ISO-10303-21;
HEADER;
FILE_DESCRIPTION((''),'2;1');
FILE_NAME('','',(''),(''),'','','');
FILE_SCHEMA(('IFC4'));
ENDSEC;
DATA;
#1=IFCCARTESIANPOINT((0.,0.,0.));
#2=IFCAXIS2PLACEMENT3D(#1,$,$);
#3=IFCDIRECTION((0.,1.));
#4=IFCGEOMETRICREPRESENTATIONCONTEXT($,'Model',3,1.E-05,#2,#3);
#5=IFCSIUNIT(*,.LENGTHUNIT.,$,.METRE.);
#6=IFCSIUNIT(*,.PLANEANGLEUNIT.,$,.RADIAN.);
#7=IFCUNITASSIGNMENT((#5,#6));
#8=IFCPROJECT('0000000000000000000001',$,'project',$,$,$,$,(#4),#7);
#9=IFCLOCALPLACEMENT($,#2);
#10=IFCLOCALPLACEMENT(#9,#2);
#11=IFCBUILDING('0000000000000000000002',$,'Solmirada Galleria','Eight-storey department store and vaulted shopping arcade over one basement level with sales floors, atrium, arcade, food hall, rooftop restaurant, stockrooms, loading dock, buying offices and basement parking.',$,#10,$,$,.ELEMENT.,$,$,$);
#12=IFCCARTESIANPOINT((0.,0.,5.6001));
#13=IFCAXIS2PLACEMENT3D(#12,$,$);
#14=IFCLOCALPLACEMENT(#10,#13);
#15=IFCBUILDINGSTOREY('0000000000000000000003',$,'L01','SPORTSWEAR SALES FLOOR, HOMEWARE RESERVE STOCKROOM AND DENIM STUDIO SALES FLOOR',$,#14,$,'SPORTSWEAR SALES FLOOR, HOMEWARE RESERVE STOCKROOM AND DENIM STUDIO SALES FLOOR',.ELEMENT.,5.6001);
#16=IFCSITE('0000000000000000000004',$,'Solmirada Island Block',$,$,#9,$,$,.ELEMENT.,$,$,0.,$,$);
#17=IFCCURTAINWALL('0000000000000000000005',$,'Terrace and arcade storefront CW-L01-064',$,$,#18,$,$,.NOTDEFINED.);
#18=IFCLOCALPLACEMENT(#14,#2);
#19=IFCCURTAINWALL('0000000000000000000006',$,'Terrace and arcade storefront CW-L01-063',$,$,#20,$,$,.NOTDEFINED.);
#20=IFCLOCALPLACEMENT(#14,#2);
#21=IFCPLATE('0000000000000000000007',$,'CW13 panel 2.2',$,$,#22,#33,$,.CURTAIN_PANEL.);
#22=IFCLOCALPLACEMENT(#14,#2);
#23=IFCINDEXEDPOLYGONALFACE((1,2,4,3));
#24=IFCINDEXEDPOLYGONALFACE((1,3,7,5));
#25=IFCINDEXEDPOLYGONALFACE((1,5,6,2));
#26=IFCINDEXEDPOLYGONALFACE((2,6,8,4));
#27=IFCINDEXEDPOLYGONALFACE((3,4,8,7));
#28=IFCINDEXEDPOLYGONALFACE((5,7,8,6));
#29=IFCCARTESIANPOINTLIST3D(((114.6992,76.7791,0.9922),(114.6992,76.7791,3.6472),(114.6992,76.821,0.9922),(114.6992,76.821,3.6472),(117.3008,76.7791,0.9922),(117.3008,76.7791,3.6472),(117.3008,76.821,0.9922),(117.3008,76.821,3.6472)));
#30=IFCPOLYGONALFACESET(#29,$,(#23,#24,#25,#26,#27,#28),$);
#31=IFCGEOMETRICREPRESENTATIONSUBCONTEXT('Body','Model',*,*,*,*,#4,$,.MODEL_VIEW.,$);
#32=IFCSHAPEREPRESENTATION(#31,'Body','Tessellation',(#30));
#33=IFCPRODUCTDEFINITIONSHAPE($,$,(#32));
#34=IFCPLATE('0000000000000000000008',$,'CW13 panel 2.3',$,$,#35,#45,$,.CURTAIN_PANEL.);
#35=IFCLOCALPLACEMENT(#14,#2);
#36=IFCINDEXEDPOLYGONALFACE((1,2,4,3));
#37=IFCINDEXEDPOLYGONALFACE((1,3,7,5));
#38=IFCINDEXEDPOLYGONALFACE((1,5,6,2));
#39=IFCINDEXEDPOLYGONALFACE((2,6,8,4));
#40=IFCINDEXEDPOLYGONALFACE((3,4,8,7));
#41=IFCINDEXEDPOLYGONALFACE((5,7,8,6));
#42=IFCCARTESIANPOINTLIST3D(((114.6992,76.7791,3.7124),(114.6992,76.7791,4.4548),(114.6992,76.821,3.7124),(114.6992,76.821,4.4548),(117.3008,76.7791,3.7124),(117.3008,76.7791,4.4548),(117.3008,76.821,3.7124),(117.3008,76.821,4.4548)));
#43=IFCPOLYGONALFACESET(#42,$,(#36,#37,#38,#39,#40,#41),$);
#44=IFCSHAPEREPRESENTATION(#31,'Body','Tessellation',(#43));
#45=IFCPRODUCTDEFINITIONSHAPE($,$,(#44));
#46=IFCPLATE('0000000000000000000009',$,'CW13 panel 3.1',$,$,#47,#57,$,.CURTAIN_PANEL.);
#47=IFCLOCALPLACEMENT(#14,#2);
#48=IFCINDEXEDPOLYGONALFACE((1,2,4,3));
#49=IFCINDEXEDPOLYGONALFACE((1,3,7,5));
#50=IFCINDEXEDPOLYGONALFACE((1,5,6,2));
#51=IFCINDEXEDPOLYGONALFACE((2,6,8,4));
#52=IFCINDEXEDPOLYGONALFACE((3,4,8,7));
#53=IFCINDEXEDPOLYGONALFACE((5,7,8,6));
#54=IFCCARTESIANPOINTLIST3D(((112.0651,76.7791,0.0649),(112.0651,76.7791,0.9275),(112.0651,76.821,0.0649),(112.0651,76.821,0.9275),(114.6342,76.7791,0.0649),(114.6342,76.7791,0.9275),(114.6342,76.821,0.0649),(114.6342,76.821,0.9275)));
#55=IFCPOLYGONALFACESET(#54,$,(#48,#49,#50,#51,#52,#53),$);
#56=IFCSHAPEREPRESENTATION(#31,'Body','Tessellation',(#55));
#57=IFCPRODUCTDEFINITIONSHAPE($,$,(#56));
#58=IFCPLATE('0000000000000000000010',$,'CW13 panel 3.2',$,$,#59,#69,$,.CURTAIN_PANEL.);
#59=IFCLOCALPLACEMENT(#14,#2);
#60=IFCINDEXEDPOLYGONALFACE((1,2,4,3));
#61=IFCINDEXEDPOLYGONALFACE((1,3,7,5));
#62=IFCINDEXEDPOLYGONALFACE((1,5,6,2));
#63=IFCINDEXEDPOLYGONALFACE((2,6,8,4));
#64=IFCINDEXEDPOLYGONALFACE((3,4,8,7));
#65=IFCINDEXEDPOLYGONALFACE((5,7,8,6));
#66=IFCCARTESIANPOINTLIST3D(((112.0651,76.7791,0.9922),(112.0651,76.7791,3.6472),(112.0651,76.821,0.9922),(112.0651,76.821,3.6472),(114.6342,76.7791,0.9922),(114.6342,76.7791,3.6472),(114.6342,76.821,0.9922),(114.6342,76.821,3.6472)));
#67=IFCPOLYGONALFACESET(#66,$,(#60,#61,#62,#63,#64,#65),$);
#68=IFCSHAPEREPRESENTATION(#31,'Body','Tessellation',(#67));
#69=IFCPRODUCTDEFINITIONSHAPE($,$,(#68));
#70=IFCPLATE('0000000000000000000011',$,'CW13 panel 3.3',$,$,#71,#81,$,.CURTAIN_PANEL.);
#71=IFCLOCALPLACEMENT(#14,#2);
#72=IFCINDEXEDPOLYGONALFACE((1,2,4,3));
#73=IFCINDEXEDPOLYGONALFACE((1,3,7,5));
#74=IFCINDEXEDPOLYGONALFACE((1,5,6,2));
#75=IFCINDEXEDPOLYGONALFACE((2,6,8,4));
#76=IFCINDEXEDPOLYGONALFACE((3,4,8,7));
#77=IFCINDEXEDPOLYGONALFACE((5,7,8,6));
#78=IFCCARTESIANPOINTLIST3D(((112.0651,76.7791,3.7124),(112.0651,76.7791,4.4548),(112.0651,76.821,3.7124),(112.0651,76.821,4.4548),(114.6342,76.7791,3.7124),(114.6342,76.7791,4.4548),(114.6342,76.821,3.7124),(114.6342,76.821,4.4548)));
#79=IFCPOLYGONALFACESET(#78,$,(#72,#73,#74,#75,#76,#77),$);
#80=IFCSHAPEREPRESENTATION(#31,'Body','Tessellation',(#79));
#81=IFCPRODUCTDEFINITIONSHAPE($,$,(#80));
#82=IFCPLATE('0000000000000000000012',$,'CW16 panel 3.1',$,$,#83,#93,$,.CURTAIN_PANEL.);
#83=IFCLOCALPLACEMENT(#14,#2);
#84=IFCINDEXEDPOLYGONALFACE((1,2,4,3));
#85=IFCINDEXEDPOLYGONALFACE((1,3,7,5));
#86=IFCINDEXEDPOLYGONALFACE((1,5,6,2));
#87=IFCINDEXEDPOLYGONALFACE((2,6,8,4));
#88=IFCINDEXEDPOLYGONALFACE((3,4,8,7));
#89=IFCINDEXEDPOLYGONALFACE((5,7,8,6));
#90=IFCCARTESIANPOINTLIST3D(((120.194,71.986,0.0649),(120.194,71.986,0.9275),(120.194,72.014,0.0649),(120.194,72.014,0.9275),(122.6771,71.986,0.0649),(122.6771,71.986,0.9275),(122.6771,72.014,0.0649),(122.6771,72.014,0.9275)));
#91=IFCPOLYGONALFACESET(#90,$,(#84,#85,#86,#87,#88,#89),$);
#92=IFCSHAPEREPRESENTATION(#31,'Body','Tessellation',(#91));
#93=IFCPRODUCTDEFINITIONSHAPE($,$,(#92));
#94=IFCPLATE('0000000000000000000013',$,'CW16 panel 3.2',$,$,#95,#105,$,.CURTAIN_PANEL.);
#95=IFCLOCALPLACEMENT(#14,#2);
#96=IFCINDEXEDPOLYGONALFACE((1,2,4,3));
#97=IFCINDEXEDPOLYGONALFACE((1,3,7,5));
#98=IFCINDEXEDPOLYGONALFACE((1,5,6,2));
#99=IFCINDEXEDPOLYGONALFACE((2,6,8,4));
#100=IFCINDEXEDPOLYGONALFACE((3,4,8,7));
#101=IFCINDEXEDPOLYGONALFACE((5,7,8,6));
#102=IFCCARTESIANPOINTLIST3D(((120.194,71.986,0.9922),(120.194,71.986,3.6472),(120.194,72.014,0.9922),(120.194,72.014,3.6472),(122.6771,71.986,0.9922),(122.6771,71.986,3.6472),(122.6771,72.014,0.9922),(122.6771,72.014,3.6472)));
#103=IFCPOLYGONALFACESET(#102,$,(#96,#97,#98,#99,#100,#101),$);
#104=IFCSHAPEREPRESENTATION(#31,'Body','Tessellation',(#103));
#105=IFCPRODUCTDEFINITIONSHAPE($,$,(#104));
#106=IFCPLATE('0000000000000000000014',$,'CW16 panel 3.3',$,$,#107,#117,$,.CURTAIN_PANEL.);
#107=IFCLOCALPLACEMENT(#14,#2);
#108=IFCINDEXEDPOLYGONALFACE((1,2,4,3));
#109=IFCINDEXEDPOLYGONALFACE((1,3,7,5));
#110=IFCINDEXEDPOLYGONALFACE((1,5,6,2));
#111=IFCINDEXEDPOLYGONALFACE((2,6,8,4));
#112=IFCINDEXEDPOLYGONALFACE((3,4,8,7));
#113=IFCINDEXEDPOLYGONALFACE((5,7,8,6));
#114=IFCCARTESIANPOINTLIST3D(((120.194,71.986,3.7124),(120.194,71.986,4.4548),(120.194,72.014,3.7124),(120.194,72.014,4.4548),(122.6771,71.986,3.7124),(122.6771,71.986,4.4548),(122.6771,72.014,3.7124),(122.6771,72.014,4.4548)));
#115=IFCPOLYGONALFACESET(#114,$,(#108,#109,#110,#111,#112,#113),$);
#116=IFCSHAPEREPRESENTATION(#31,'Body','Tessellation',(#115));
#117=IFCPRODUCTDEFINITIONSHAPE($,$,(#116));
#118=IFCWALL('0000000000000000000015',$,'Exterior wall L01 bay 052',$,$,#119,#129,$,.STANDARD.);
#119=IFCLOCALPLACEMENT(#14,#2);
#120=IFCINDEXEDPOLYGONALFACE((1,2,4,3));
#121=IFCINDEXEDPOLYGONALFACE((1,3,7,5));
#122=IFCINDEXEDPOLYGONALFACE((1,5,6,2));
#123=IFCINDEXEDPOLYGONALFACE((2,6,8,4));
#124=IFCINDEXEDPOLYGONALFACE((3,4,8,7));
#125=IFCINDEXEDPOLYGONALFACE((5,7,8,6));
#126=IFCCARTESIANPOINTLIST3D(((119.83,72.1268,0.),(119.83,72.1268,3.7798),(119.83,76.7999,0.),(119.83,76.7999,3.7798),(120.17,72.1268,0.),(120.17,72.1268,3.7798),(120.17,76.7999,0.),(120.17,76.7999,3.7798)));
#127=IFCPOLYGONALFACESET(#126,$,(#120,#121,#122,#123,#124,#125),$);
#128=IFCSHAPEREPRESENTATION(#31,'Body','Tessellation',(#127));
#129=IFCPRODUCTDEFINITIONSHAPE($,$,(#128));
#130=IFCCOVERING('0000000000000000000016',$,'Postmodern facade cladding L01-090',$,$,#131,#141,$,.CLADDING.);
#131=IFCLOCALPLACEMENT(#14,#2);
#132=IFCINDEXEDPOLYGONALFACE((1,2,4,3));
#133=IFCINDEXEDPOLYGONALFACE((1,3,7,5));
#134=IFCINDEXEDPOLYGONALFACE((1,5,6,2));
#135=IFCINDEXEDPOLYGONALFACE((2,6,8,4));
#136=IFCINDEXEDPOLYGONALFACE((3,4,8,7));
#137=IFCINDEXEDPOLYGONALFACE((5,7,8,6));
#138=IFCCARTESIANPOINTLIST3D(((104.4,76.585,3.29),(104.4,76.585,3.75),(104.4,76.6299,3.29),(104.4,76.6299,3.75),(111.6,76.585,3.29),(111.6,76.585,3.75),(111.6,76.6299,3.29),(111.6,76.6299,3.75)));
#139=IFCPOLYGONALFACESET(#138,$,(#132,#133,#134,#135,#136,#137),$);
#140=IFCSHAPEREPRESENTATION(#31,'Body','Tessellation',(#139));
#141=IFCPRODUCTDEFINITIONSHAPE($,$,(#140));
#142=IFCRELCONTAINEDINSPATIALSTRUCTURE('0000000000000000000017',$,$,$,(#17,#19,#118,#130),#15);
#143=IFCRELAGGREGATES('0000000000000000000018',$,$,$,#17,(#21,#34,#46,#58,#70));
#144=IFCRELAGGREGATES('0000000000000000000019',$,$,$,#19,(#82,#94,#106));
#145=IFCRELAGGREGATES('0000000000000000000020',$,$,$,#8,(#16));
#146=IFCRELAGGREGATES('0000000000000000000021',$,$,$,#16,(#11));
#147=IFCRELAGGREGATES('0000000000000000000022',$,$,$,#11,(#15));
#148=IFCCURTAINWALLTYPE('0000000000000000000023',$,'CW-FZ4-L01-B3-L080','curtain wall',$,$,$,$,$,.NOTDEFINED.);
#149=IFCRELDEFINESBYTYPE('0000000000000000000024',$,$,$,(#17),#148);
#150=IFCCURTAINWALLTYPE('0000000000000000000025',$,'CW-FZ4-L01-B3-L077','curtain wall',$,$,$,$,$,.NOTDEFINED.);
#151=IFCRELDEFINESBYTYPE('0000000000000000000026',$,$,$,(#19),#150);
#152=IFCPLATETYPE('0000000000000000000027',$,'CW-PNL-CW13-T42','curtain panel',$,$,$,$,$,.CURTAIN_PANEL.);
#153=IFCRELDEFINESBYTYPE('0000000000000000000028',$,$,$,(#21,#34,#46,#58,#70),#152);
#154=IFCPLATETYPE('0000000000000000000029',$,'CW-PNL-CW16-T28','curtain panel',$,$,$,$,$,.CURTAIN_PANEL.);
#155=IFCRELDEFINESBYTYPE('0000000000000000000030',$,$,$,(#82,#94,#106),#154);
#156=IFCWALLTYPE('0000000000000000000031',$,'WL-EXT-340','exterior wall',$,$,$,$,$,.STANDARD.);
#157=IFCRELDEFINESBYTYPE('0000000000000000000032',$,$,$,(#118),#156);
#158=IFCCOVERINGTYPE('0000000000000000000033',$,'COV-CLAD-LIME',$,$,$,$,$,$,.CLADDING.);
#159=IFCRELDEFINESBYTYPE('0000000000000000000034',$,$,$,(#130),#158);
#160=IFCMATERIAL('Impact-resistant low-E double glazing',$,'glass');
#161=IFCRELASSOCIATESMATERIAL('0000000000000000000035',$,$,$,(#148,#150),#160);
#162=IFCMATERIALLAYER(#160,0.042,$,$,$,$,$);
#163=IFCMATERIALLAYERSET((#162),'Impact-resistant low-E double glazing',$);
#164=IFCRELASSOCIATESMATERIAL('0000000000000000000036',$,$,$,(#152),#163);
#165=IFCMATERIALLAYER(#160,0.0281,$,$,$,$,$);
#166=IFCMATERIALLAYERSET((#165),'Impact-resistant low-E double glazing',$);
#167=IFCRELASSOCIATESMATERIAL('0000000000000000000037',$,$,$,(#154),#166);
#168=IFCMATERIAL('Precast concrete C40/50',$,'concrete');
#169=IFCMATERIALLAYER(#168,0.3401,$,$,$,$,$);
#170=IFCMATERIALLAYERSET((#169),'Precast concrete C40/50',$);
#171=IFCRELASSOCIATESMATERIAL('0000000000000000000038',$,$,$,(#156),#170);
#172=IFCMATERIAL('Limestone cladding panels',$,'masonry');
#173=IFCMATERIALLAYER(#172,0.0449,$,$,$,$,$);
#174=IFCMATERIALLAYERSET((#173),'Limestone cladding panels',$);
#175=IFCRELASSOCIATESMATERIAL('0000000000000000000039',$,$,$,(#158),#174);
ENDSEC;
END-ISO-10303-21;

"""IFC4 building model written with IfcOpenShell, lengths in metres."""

from ifc_helpers import new_model, si_unit, direction, frame, frame_2d, origin, origin_2d, place, context, subcontext, project, spatial, rectangle, extrude, material, layer, layer_set, type_object, element, aggregate, save


model = new_model("IFC4")

# Units and contexts
model_context = context("Model", 3, precision=1e-05, world=origin(), true_north=direction((0.0, 1.0)))
body_context = subcontext(model_context, "Body", "Model", "MODEL_VIEW")
ifc_project = project(units=[si_unit("LENGTHUNIT", "METRE"), si_unit("PLANEANGLEUNIT", "RADIAN")], contexts=[model_context])

# Site, building, storey
site_placement = place(None, origin())
site = spatial("IfcSite", under=ifc_project, at=site_placement, Name="Solmirada Island Block", CompositionType="ELEMENT", RefElevation=0.0)
building_placement = place(site_placement, origin())
building = spatial("IfcBuilding", under=site, at=building_placement, Name="Solmirada Galleria", Description="Eight-storey department store and vaulted shopping arcade over one basement level with sales floors, atrium, arcade, food hall, rooftop restaurant, stockrooms, loading dock, buying offices and basement parking.", CompositionType="ELEMENT")
storey_placement = place(building_placement, frame((0.0, 0.0, 5.6001)))
storey = spatial("IfcBuildingStorey", under=building, at=storey_placement, Name="L01", Description="SPORTSWEAR SALES FLOOR, HOMEWARE RESERVE STOCKROOM AND DENIM STUDIO SALES FLOOR", LongName="SPORTSWEAR SALES FLOOR, HOMEWARE RESERVE STOCKROOM AND DENIM STUDIO SALES FLOOR", CompositionType="ELEMENT", Elevation=5.6001)

# Curtain walls
ifc_material_1 = material(Name="Impact-resistant low-E double glazing", Category="glass")
curtain_wall_type_1 = type_object("IfcCurtainWallType", Name="CW-FZ4-L01-B3-L080", Description="curtain wall", PredefinedType="NOTDEFINED", material=ifc_material_1)
curtain_wall_1_placement = place(storey_placement, origin())
curtain_wall_1 = element("IfcCurtainWall", 1, at=curtain_wall_1_placement, inside=storey, type_object=curtain_wall_type_1, Name="Terrace and arcade storefront CW-L01-064", PredefinedType="NOTDEFINED")
curtain_wall_type_2 = type_object("IfcCurtainWallType", Name="CW-FZ4-L01-B3-L077", Description="curtain wall", PredefinedType="NOTDEFINED", material=ifc_material_1)
curtain_wall_2_placement = place(storey_placement, origin())
curtain_wall_2 = element("IfcCurtainWall", 2, at=curtain_wall_2_placement, inside=storey, type_object=curtain_wall_type_2, Name="Terrace and arcade storefront CW-L01-063", PredefinedType="NOTDEFINED")

# Plates
ifc_layer_1 = layer(ifc_material_1, 0.042)
ifc_layer_set_1 = layer_set([ifc_layer_1], Name="Impact-resistant low-E double glazing")
plate_type_1 = type_object("IfcPlateType", Name="CW-PNL-CW13-T42", Description="curtain panel", PredefinedType="CURTAIN_PANEL", material=ifc_layer_set_1)
plate_1_placement = place(storey_placement, frame((116.0, 76.8, 0.9922), z_axis=(0.0, 0.0, 1.0), x_axis=(-1.0, 0.0, 0.0)))
plate_1 = element("IfcPlate", 3, at=plate_1_placement, type_object=plate_type_1, Name="CW13 panel 2.2", PredefinedType="CURTAIN_PANEL", context=body_context, shape_type="SweptSolid", body=[
    extrude(rectangle(XDim=2.6016, YDim=0.042, at=origin_2d()), origin(), (0.0, 0.0, 1.0), 2.655),
])
plate_2_placement = place(storey_placement, frame((116.0, 76.8, 3.7124), z_axis=(0.0, 0.0, 1.0), x_axis=(-1.0, 0.0, 0.0)))
plate_2 = element("IfcPlate", 4, at=plate_2_placement, type_object=plate_type_1, Name="CW13 panel 2.3", PredefinedType="CURTAIN_PANEL", context=body_context, shape_type="SweptSolid", body=[
    extrude(rectangle(XDim=2.6016, YDim=0.042, at=origin_2d()), origin(), (0.0, 0.0, 1.0), 0.7424),
])
plate_3_placement = place(storey_placement, frame((113.3496, 76.8, 0.0649), z_axis=(0.0, 0.0, 1.0), x_axis=(-1.0, 0.0, 0.0)))
plate_3 = element("IfcPlate", 5, at=plate_3_placement, type_object=plate_type_1, Name="CW13 panel 3.1", PredefinedType="CURTAIN_PANEL", context=body_context, shape_type="SweptSolid", body=[
    extrude(rectangle(XDim=2.5691, YDim=0.042, at=origin_2d()), origin(), (0.0, 0.0, 1.0), 0.8625),
])
plate_4_placement = place(storey_placement, frame((113.3496, 76.8, 0.9922), z_axis=(0.0, 0.0, 1.0), x_axis=(-1.0, 0.0, 0.0)))
plate_4 = element("IfcPlate", 6, at=plate_4_placement, type_object=plate_type_1, Name="CW13 panel 3.2", PredefinedType="CURTAIN_PANEL", context=body_context, shape_type="SweptSolid", body=[
    extrude(rectangle(XDim=2.5691, YDim=0.042, at=origin_2d()), origin(), (0.0, 0.0, 1.0), 2.655),
])
plate_5_placement = place(storey_placement, frame((113.3496, 76.8, 3.7124), z_axis=(0.0, 0.0, 1.0), x_axis=(-1.0, 0.0, 0.0)))
plate_5 = element("IfcPlate", 7, at=plate_5_placement, type_object=plate_type_1, Name="CW13 panel 3.3", PredefinedType="CURTAIN_PANEL", context=body_context, shape_type="SweptSolid", body=[
    extrude(rectangle(XDim=2.5691, YDim=0.042, at=origin_2d()), origin(), (0.0, 0.0, 1.0), 0.7424),
])
aggregate(curtain_wall_1, [plate_1, plate_2, plate_3, plate_4, plate_5])
ifc_layer_2 = layer(ifc_material_1, 0.0281)
ifc_layer_set_2 = layer_set([ifc_layer_2], Name="Impact-resistant low-E double glazing")
plate_type_2 = type_object("IfcPlateType", Name="CW-PNL-CW16-T28", Description="curtain panel", PredefinedType="CURTAIN_PANEL", material=ifc_layer_set_2)
plate_6_placement = place(storey_placement, frame((121.4355, 72.0, 0.0649), z_axis=(0.0, 0.0, 1.0), x_axis=(-1.0, 0.0, 0.0)))
plate_6 = element("IfcPlate", 8, at=plate_6_placement, type_object=plate_type_2, Name="CW16 panel 3.1", PredefinedType="CURTAIN_PANEL", context=body_context, shape_type="SweptSolid", body=[
    extrude(rectangle(XDim=2.4832, YDim=0.0281, at=origin_2d()), origin(), (0.0, 0.0, 1.0), 0.8625),
])
plate_7_placement = place(storey_placement, frame((121.4355, 72.0, 0.9922), z_axis=(0.0, 0.0, 1.0), x_axis=(-1.0, 0.0, 0.0)))
plate_7 = element("IfcPlate", 9, at=plate_7_placement, type_object=plate_type_2, Name="CW16 panel 3.2", PredefinedType="CURTAIN_PANEL", context=body_context, shape_type="SweptSolid", body=[
    extrude(rectangle(XDim=2.4832, YDim=0.0281, at=origin_2d()), origin(), (0.0, 0.0, 1.0), 2.655),
])
plate_8_placement = place(storey_placement, frame((121.4355, 72.0, 3.7124), z_axis=(0.0, 0.0, 1.0), x_axis=(-1.0, 0.0, 0.0)))
plate_8 = element("IfcPlate", 10, at=plate_8_placement, type_object=plate_type_2, Name="CW16 panel 3.3", PredefinedType="CURTAIN_PANEL", context=body_context, shape_type="SweptSolid", body=[
    extrude(rectangle(XDim=2.4832, YDim=0.0281, at=origin_2d()), origin(), (0.0, 0.0, 1.0), 0.7424),
])
aggregate(curtain_wall_2, [plate_6, plate_7, plate_8])

# Wall
ifc_material_2 = material(Name="Precast concrete C40/50", Category="concrete")
ifc_layer_3 = layer(ifc_material_2, 0.3401)
ifc_layer_set_3 = layer_set([ifc_layer_3], Name="Precast concrete C40/50")
wall_type = type_object("IfcWallType", Name="WL-EXT-340", Description="exterior wall", PredefinedType="STANDARD", material=ifc_layer_set_3)
wall_1_placement = place(storey_placement, frame((120.0, 72.127, 0.0), z_axis=(0.0, 0.0, 1.0), x_axis=(0.0, 1.0, 0.0)))
element("IfcWall", 11, at=wall_1_placement, inside=storey, type_object=wall_type, Name="Exterior wall L01 bay 052", PredefinedType="STANDARD", context=body_context, shape_type="SweptSolid", body=[
    extrude(rectangle(XDim=4.6731, YDim=0.3401, at=frame_2d((2.3364, 0.0))), origin(), (0.0, 0.0, 1.0), 3.7798),
])

# Covering
ifc_material_3 = material(Name="Limestone cladding panels", Category="masonry")
ifc_layer_4 = layer(ifc_material_3, 0.0449)
ifc_layer_set_4 = layer_set([ifc_layer_4], Name="Limestone cladding panels")
covering_type = type_object("IfcCoveringType", Name="COV-CLAD-LIME", PredefinedType="CLADDING", material=ifc_layer_set_4)
covering_placement = place(storey_placement, frame((108.0, 76.6074, 3.29), z_axis=(0.0, 0.0, 1.0), x_axis=(-1.0, 0.0, 0.0)))
element("IfcCovering", 12, at=covering_placement, inside=storey, type_object=covering_type, Name="Postmodern facade cladding L01-090", PredefinedType="CLADDING", context=body_context, shape_type="SweptSolid", body=[
    extrude(rectangle(XDim=7.2, YDim=0.0449, at=origin_2d()), origin(), (0.0, 0.0, 1.0), 0.46),
])

save(model, "model.ifc")
